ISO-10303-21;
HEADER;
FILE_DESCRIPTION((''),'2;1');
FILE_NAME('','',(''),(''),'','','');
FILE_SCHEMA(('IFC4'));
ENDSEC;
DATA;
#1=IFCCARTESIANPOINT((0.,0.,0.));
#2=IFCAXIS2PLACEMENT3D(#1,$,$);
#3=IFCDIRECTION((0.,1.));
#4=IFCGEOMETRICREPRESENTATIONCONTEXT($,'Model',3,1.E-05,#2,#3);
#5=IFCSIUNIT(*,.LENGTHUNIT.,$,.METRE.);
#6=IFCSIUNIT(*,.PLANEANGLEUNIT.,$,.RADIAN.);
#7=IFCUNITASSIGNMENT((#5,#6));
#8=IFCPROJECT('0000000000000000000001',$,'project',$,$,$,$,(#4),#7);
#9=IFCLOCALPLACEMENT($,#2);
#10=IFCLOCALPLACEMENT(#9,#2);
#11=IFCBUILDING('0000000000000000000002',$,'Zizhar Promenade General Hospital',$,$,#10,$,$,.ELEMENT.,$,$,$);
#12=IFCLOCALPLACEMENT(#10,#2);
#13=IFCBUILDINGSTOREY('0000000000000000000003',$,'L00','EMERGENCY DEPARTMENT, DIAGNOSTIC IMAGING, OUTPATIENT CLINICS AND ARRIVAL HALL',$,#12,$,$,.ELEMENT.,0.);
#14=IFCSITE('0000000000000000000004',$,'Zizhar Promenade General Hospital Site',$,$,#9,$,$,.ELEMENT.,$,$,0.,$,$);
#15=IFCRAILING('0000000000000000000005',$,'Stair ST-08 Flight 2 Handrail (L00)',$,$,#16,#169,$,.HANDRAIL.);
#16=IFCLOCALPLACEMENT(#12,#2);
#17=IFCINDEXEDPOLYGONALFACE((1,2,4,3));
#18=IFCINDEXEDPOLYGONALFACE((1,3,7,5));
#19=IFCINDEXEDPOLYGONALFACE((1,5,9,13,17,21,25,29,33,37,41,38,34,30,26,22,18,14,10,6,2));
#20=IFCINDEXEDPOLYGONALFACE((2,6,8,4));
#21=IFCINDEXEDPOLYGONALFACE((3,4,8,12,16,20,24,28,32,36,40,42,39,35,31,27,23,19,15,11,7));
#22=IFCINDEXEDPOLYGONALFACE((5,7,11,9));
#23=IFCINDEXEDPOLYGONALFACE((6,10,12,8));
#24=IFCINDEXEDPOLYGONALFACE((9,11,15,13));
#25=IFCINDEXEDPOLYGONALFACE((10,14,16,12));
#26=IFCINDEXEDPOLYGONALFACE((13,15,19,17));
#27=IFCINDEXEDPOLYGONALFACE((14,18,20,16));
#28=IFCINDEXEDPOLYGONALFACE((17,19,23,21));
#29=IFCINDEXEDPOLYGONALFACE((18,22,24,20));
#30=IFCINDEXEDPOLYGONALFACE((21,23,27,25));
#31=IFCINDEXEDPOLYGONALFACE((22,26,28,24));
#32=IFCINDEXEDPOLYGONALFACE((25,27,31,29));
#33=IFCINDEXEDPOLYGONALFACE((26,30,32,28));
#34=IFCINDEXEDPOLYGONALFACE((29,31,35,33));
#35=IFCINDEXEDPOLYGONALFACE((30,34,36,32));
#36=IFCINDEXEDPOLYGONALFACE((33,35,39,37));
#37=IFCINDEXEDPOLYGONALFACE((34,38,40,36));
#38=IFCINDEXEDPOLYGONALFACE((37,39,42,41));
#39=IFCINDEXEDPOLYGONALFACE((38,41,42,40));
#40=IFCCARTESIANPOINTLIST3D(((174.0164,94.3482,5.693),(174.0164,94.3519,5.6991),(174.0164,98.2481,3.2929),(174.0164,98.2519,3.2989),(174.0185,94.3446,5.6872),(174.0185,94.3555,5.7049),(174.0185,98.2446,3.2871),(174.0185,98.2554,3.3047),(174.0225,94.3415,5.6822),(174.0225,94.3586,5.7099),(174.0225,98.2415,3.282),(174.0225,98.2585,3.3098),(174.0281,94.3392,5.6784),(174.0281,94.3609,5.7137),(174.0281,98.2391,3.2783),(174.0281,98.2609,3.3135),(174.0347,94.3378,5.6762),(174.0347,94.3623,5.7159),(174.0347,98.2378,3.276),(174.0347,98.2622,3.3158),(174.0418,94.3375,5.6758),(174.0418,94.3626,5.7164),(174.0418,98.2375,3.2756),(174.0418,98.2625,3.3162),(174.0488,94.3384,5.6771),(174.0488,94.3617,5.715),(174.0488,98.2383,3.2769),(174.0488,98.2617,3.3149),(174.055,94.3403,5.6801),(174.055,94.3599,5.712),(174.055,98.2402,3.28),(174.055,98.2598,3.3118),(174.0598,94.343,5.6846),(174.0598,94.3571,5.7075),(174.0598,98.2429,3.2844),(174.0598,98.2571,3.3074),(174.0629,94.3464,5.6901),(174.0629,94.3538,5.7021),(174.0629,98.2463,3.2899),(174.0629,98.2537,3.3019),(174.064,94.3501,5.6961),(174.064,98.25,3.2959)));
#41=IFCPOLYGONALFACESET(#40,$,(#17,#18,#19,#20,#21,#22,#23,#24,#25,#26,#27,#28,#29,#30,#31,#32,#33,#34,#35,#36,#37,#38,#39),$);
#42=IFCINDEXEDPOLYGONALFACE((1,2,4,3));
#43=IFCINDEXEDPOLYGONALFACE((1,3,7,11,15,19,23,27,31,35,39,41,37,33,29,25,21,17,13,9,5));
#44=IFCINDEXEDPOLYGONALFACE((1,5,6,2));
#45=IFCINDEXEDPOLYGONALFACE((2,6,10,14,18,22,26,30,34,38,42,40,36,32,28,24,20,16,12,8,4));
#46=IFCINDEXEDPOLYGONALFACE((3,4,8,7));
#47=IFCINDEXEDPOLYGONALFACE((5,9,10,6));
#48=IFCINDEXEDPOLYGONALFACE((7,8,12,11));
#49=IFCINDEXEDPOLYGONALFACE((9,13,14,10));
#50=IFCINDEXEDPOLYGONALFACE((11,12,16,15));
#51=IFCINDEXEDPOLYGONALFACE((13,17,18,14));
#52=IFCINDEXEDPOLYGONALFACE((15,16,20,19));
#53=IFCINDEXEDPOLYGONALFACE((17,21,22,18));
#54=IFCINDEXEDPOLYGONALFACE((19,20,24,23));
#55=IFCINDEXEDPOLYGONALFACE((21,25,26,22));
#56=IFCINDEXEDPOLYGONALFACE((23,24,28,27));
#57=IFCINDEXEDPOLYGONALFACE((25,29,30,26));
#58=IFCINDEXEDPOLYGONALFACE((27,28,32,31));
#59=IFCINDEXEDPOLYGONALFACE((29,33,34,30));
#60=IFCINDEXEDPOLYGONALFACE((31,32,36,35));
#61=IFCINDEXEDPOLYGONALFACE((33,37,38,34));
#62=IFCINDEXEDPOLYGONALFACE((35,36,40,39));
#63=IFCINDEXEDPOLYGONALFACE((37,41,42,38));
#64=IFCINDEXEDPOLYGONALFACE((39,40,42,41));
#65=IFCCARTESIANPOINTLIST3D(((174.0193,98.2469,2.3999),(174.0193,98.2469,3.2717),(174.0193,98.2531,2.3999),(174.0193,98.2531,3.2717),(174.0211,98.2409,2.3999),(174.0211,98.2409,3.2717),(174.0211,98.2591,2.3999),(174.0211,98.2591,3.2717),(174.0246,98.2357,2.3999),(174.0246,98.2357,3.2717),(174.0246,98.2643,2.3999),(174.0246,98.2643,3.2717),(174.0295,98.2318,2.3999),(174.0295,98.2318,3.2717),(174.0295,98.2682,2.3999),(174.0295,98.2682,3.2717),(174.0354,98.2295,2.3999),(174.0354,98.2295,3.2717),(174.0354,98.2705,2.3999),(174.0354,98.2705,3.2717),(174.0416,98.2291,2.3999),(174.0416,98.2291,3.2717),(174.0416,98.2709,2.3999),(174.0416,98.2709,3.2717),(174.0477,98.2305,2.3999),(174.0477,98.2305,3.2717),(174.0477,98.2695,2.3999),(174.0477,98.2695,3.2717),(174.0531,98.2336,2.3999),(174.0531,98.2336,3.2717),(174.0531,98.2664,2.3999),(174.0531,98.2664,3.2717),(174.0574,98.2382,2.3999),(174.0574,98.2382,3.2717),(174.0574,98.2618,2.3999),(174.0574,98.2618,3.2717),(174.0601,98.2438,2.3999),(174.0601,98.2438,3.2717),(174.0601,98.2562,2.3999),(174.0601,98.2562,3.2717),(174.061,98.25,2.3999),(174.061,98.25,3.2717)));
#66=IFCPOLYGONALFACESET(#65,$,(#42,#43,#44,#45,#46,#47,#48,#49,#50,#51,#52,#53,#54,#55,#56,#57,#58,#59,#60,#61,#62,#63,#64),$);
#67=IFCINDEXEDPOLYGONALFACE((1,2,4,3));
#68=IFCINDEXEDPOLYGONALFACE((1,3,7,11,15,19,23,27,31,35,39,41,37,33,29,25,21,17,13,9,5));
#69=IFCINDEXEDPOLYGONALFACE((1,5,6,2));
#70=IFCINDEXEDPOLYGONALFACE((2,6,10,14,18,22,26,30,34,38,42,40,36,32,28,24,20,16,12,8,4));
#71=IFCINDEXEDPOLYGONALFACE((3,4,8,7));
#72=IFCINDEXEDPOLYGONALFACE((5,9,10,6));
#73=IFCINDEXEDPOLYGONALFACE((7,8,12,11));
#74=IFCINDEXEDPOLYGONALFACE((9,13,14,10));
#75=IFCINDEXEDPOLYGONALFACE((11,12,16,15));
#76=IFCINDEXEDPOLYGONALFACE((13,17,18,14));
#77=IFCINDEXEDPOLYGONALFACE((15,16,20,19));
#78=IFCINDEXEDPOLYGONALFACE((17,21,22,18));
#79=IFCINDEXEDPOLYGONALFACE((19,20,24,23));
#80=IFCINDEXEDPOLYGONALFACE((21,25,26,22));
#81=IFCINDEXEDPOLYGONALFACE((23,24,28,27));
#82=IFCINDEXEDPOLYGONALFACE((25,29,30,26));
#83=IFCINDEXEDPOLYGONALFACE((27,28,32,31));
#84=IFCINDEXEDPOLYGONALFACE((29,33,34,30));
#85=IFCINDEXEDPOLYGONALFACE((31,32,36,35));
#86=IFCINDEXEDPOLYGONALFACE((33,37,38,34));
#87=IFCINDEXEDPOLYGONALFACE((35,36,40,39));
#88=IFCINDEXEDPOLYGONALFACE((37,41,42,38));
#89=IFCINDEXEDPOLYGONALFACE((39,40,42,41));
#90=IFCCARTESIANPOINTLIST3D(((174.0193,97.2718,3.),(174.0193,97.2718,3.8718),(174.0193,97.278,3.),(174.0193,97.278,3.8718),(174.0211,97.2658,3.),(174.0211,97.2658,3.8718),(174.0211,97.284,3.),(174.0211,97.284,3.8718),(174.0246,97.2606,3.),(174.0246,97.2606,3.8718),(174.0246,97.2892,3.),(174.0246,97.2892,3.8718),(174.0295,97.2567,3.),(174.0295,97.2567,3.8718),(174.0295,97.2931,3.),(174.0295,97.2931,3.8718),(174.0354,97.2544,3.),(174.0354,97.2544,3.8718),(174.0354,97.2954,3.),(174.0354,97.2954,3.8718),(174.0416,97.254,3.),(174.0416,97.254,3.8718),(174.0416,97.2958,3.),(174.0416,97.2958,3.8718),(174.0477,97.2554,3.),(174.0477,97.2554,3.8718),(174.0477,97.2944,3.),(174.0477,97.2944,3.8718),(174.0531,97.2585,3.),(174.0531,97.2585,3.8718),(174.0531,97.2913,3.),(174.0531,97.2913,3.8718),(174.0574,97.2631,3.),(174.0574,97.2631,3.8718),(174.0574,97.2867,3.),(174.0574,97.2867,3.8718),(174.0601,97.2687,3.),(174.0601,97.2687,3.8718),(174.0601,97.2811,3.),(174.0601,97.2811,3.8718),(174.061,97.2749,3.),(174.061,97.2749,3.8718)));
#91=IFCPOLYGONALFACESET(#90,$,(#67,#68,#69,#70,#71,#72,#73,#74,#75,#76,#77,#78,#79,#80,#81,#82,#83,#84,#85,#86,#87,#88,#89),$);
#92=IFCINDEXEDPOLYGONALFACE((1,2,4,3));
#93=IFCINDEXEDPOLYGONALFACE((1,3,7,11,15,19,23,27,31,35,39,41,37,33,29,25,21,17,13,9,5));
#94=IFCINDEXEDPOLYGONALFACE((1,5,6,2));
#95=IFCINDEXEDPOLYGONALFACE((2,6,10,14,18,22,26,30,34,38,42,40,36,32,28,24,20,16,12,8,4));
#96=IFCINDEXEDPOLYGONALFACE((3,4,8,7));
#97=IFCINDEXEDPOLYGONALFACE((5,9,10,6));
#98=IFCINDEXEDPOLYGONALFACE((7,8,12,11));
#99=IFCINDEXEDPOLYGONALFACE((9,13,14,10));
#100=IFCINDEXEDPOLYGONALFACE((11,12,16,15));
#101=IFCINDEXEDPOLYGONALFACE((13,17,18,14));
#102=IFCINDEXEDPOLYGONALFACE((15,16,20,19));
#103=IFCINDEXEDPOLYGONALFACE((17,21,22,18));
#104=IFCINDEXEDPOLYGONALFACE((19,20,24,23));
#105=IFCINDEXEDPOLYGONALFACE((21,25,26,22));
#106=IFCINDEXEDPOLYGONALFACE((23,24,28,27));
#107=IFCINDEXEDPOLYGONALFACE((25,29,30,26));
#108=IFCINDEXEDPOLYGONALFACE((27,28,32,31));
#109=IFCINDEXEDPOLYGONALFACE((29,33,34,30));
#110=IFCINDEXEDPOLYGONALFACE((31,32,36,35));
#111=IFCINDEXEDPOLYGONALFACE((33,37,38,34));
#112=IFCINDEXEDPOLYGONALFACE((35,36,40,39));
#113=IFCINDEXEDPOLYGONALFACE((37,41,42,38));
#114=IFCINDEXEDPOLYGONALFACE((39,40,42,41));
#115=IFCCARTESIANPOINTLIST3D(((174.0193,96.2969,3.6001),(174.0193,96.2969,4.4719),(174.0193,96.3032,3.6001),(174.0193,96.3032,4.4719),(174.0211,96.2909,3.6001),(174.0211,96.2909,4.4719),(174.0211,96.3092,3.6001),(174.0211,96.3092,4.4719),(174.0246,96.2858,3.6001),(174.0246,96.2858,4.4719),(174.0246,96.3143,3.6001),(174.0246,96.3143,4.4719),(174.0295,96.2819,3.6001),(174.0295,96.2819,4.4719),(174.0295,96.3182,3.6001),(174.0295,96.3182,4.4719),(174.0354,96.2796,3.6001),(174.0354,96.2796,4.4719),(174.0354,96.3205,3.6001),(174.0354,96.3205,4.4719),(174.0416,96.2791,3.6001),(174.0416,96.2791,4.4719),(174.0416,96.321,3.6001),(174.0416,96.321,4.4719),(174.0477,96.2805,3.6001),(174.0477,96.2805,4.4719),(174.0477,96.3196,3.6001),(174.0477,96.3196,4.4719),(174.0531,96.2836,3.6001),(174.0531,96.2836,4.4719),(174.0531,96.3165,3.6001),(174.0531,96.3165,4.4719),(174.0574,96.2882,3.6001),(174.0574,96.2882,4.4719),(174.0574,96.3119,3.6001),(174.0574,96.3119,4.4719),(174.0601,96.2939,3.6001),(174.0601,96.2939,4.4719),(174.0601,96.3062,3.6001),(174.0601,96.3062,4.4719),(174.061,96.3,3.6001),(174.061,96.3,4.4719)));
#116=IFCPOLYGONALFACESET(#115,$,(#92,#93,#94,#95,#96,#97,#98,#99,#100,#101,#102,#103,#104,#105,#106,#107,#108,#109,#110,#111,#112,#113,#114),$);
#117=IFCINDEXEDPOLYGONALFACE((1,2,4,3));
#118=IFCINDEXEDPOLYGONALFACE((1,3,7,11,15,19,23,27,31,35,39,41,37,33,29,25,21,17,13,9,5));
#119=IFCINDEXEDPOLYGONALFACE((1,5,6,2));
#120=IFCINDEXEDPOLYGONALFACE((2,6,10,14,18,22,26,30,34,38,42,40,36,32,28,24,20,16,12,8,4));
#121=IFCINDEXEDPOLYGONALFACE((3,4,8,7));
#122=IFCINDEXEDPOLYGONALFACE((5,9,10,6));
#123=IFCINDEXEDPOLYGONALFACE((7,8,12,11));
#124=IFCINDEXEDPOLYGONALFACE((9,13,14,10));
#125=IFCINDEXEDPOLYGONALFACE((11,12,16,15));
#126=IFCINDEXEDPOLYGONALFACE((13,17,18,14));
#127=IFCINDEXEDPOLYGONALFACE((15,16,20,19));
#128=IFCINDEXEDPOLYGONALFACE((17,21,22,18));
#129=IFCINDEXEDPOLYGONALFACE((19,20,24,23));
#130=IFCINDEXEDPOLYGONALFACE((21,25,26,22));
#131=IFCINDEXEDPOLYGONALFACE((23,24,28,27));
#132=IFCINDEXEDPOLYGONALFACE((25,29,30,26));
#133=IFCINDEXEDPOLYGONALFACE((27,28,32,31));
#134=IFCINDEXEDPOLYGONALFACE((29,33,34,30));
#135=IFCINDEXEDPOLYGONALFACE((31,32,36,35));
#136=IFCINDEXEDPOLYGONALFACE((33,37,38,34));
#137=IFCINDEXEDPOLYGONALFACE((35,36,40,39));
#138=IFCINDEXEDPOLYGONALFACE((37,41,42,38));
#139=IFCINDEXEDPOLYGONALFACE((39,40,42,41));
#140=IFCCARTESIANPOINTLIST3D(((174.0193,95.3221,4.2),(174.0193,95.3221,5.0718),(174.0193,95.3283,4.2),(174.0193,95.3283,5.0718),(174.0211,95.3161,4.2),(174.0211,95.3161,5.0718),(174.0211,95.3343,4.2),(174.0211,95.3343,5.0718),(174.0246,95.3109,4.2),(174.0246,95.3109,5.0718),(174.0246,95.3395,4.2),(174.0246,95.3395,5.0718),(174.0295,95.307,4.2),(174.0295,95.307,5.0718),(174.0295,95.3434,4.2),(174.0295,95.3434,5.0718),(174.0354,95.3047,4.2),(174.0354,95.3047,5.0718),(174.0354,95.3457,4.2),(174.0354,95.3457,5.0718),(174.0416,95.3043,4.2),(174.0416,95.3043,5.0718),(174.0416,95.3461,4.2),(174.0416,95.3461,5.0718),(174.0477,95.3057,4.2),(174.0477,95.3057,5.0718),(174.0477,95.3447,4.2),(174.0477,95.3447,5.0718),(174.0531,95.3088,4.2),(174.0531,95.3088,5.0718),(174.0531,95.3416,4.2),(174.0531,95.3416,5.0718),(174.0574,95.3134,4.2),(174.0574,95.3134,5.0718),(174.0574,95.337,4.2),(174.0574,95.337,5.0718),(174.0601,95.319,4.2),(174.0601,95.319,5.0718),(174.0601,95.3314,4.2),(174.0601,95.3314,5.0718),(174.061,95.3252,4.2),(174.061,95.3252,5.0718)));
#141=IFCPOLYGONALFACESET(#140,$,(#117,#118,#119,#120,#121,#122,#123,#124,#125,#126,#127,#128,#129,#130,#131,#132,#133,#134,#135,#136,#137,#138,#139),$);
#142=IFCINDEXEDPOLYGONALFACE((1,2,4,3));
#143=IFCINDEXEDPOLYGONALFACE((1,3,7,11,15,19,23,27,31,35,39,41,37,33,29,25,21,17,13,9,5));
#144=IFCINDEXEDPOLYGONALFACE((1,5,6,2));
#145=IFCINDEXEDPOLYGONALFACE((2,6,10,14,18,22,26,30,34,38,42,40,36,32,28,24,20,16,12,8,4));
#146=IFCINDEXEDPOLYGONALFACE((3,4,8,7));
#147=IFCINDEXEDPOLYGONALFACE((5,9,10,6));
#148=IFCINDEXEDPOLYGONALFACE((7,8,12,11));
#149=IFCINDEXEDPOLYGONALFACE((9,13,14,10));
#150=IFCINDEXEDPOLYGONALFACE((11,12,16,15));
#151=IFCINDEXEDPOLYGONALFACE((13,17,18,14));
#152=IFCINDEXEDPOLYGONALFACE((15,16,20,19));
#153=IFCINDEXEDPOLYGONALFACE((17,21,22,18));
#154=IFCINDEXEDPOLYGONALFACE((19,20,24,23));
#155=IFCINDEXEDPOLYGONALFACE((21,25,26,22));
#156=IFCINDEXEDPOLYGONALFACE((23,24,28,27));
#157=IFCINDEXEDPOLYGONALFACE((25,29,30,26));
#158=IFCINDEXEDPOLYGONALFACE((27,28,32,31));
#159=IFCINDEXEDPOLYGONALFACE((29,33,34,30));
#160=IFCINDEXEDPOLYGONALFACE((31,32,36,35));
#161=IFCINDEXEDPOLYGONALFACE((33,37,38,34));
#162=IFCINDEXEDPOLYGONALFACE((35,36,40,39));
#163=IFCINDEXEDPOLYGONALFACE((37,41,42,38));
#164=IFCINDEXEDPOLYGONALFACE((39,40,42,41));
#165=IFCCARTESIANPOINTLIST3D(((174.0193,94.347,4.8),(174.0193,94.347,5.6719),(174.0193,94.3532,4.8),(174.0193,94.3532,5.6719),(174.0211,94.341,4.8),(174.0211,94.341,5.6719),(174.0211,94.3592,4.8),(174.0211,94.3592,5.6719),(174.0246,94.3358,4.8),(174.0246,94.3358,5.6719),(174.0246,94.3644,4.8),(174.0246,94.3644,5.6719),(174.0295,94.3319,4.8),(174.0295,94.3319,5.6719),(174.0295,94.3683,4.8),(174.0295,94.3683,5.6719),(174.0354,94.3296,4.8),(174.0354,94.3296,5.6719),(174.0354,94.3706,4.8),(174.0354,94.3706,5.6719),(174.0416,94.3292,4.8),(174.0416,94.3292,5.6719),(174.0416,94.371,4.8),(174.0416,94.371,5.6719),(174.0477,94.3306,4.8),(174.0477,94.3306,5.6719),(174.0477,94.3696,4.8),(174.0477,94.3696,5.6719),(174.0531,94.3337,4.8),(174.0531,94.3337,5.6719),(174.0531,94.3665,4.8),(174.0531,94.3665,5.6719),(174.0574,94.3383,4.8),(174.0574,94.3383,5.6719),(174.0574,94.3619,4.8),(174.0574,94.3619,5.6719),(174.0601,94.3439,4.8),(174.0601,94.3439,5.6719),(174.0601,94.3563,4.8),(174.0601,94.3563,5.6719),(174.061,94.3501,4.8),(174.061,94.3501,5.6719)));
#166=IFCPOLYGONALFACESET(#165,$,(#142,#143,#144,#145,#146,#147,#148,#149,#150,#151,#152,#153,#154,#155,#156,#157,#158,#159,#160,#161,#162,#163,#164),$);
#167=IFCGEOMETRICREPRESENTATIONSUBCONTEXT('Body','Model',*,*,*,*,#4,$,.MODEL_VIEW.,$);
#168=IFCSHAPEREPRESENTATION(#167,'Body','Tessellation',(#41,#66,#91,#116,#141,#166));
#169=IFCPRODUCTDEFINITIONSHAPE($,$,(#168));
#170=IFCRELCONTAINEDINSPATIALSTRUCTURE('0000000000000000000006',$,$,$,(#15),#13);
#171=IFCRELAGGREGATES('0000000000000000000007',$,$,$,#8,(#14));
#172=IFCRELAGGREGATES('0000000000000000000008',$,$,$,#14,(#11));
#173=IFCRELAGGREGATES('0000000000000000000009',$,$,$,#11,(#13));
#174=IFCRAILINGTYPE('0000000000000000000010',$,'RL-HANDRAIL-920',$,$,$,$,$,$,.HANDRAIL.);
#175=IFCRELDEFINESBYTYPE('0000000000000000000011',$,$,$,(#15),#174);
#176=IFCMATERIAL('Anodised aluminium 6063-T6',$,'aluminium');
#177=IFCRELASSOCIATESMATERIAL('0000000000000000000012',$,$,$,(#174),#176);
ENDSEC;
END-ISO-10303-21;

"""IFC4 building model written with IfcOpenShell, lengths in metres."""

from ifc_helpers import new_model, si_unit, direction, frame, origin, origin_2d, place, context, subcontext, project, spatial, circle, hollow_circle, extrude, material, material_profile, profile_set, type_object, element, save


model = new_model("IFC4")

# Units and contexts
model_context = context("Model", 3, precision=1e-05, world=origin(), true_north=direction((0.0, 1.0)))
body_context = subcontext(model_context, "Body", "Model", "MODEL_VIEW")
ifc_project = project(units=[si_unit("LENGTHUNIT", "METRE"), si_unit("PLANEANGLEUNIT", "RADIAN")], contexts=[model_context])

# Site, building, storey
site_placement = place(None, origin())
site = spatial("IfcSite", under=ifc_project, at=site_placement, Name="Zizhar Promenade General Hospital Site", CompositionType="ELEMENT", RefElevation=0.0)
building_placement = place(site_placement, origin())
building = spatial("IfcBuilding", under=site, at=building_placement, Name="Zizhar Promenade General Hospital", CompositionType="ELEMENT")
storey_placement = place(building_placement, origin())
storey = spatial("IfcBuildingStorey", under=building, at=storey_placement, Name="L00", Description="EMERGENCY DEPARTMENT, DIAGNOSTIC IMAGING, OUTPATIENT CLINICS AND ARRIVAL HALL", CompositionType="ELEMENT", Elevation=0.0)

# Railing
ifc_material_1 = material(Name="Anodised aluminium 6063-T6", Category="aluminium")
ifc_material_profile_1 = material_profile(ifc_material_1, hollow_circle(Radius=0.0698, WallThickness=0.0063, at=origin_2d()))
ifc_profile_set_1 = profile_set([ifc_material_profile_1], Name="Anodised aluminium 6063-T6")
railing_type_1 = type_object("IfcRailingType", Name="RL-HANDRAIL-920", PredefinedType="HANDRAIL", material=ifc_profile_set_1)
railing_1_placement = place(storey_placement, frame((174.04, 98.25, 2.3999)))
element("IfcRailing", 1, at=railing_1_placement, inside=storey, type_object=railing_type_1, Name="Stair ST-08 Flight 2 Handrail (L00)", PredefinedType="HANDRAIL", context=body_context, shape_type="SweptSolid", body=[
    extrude(circle(Radius=0.0239, at=origin_2d()), frame((0.0, 0.0, 0.896), z_axis=(0.0, -0.851638, 0.52413), x_axis=(1.0, 0.0, 0.0)), (0.0, 0.0, 1.0), 4.5793),
    extrude(circle(Radius=0.021, at=origin_2d()), origin(), (0.0, 0.0, 1.0), 0.8718),
    extrude(circle(Radius=0.021, at=origin_2d()), frame((0.0, -0.9751, 0.6001)), (0.0, 0.0, 1.0), 0.8718),
    extrude(circle(Radius=0.021, at=origin_2d()), frame((0.0, -1.95, 1.2002)), (0.0, 0.0, 1.0), 0.8718),
    extrude(circle(Radius=0.021, at=origin_2d()), frame((0.0, -2.9248, 1.8)), (0.0, 0.0, 1.0), 0.8718),
    extrude(circle(Radius=0.021, at=origin_2d()), frame((0.0, -3.8999, 2.4001)), (0.0, 0.0, 1.0), 0.8718),
])

save(model, "model.ifc")
